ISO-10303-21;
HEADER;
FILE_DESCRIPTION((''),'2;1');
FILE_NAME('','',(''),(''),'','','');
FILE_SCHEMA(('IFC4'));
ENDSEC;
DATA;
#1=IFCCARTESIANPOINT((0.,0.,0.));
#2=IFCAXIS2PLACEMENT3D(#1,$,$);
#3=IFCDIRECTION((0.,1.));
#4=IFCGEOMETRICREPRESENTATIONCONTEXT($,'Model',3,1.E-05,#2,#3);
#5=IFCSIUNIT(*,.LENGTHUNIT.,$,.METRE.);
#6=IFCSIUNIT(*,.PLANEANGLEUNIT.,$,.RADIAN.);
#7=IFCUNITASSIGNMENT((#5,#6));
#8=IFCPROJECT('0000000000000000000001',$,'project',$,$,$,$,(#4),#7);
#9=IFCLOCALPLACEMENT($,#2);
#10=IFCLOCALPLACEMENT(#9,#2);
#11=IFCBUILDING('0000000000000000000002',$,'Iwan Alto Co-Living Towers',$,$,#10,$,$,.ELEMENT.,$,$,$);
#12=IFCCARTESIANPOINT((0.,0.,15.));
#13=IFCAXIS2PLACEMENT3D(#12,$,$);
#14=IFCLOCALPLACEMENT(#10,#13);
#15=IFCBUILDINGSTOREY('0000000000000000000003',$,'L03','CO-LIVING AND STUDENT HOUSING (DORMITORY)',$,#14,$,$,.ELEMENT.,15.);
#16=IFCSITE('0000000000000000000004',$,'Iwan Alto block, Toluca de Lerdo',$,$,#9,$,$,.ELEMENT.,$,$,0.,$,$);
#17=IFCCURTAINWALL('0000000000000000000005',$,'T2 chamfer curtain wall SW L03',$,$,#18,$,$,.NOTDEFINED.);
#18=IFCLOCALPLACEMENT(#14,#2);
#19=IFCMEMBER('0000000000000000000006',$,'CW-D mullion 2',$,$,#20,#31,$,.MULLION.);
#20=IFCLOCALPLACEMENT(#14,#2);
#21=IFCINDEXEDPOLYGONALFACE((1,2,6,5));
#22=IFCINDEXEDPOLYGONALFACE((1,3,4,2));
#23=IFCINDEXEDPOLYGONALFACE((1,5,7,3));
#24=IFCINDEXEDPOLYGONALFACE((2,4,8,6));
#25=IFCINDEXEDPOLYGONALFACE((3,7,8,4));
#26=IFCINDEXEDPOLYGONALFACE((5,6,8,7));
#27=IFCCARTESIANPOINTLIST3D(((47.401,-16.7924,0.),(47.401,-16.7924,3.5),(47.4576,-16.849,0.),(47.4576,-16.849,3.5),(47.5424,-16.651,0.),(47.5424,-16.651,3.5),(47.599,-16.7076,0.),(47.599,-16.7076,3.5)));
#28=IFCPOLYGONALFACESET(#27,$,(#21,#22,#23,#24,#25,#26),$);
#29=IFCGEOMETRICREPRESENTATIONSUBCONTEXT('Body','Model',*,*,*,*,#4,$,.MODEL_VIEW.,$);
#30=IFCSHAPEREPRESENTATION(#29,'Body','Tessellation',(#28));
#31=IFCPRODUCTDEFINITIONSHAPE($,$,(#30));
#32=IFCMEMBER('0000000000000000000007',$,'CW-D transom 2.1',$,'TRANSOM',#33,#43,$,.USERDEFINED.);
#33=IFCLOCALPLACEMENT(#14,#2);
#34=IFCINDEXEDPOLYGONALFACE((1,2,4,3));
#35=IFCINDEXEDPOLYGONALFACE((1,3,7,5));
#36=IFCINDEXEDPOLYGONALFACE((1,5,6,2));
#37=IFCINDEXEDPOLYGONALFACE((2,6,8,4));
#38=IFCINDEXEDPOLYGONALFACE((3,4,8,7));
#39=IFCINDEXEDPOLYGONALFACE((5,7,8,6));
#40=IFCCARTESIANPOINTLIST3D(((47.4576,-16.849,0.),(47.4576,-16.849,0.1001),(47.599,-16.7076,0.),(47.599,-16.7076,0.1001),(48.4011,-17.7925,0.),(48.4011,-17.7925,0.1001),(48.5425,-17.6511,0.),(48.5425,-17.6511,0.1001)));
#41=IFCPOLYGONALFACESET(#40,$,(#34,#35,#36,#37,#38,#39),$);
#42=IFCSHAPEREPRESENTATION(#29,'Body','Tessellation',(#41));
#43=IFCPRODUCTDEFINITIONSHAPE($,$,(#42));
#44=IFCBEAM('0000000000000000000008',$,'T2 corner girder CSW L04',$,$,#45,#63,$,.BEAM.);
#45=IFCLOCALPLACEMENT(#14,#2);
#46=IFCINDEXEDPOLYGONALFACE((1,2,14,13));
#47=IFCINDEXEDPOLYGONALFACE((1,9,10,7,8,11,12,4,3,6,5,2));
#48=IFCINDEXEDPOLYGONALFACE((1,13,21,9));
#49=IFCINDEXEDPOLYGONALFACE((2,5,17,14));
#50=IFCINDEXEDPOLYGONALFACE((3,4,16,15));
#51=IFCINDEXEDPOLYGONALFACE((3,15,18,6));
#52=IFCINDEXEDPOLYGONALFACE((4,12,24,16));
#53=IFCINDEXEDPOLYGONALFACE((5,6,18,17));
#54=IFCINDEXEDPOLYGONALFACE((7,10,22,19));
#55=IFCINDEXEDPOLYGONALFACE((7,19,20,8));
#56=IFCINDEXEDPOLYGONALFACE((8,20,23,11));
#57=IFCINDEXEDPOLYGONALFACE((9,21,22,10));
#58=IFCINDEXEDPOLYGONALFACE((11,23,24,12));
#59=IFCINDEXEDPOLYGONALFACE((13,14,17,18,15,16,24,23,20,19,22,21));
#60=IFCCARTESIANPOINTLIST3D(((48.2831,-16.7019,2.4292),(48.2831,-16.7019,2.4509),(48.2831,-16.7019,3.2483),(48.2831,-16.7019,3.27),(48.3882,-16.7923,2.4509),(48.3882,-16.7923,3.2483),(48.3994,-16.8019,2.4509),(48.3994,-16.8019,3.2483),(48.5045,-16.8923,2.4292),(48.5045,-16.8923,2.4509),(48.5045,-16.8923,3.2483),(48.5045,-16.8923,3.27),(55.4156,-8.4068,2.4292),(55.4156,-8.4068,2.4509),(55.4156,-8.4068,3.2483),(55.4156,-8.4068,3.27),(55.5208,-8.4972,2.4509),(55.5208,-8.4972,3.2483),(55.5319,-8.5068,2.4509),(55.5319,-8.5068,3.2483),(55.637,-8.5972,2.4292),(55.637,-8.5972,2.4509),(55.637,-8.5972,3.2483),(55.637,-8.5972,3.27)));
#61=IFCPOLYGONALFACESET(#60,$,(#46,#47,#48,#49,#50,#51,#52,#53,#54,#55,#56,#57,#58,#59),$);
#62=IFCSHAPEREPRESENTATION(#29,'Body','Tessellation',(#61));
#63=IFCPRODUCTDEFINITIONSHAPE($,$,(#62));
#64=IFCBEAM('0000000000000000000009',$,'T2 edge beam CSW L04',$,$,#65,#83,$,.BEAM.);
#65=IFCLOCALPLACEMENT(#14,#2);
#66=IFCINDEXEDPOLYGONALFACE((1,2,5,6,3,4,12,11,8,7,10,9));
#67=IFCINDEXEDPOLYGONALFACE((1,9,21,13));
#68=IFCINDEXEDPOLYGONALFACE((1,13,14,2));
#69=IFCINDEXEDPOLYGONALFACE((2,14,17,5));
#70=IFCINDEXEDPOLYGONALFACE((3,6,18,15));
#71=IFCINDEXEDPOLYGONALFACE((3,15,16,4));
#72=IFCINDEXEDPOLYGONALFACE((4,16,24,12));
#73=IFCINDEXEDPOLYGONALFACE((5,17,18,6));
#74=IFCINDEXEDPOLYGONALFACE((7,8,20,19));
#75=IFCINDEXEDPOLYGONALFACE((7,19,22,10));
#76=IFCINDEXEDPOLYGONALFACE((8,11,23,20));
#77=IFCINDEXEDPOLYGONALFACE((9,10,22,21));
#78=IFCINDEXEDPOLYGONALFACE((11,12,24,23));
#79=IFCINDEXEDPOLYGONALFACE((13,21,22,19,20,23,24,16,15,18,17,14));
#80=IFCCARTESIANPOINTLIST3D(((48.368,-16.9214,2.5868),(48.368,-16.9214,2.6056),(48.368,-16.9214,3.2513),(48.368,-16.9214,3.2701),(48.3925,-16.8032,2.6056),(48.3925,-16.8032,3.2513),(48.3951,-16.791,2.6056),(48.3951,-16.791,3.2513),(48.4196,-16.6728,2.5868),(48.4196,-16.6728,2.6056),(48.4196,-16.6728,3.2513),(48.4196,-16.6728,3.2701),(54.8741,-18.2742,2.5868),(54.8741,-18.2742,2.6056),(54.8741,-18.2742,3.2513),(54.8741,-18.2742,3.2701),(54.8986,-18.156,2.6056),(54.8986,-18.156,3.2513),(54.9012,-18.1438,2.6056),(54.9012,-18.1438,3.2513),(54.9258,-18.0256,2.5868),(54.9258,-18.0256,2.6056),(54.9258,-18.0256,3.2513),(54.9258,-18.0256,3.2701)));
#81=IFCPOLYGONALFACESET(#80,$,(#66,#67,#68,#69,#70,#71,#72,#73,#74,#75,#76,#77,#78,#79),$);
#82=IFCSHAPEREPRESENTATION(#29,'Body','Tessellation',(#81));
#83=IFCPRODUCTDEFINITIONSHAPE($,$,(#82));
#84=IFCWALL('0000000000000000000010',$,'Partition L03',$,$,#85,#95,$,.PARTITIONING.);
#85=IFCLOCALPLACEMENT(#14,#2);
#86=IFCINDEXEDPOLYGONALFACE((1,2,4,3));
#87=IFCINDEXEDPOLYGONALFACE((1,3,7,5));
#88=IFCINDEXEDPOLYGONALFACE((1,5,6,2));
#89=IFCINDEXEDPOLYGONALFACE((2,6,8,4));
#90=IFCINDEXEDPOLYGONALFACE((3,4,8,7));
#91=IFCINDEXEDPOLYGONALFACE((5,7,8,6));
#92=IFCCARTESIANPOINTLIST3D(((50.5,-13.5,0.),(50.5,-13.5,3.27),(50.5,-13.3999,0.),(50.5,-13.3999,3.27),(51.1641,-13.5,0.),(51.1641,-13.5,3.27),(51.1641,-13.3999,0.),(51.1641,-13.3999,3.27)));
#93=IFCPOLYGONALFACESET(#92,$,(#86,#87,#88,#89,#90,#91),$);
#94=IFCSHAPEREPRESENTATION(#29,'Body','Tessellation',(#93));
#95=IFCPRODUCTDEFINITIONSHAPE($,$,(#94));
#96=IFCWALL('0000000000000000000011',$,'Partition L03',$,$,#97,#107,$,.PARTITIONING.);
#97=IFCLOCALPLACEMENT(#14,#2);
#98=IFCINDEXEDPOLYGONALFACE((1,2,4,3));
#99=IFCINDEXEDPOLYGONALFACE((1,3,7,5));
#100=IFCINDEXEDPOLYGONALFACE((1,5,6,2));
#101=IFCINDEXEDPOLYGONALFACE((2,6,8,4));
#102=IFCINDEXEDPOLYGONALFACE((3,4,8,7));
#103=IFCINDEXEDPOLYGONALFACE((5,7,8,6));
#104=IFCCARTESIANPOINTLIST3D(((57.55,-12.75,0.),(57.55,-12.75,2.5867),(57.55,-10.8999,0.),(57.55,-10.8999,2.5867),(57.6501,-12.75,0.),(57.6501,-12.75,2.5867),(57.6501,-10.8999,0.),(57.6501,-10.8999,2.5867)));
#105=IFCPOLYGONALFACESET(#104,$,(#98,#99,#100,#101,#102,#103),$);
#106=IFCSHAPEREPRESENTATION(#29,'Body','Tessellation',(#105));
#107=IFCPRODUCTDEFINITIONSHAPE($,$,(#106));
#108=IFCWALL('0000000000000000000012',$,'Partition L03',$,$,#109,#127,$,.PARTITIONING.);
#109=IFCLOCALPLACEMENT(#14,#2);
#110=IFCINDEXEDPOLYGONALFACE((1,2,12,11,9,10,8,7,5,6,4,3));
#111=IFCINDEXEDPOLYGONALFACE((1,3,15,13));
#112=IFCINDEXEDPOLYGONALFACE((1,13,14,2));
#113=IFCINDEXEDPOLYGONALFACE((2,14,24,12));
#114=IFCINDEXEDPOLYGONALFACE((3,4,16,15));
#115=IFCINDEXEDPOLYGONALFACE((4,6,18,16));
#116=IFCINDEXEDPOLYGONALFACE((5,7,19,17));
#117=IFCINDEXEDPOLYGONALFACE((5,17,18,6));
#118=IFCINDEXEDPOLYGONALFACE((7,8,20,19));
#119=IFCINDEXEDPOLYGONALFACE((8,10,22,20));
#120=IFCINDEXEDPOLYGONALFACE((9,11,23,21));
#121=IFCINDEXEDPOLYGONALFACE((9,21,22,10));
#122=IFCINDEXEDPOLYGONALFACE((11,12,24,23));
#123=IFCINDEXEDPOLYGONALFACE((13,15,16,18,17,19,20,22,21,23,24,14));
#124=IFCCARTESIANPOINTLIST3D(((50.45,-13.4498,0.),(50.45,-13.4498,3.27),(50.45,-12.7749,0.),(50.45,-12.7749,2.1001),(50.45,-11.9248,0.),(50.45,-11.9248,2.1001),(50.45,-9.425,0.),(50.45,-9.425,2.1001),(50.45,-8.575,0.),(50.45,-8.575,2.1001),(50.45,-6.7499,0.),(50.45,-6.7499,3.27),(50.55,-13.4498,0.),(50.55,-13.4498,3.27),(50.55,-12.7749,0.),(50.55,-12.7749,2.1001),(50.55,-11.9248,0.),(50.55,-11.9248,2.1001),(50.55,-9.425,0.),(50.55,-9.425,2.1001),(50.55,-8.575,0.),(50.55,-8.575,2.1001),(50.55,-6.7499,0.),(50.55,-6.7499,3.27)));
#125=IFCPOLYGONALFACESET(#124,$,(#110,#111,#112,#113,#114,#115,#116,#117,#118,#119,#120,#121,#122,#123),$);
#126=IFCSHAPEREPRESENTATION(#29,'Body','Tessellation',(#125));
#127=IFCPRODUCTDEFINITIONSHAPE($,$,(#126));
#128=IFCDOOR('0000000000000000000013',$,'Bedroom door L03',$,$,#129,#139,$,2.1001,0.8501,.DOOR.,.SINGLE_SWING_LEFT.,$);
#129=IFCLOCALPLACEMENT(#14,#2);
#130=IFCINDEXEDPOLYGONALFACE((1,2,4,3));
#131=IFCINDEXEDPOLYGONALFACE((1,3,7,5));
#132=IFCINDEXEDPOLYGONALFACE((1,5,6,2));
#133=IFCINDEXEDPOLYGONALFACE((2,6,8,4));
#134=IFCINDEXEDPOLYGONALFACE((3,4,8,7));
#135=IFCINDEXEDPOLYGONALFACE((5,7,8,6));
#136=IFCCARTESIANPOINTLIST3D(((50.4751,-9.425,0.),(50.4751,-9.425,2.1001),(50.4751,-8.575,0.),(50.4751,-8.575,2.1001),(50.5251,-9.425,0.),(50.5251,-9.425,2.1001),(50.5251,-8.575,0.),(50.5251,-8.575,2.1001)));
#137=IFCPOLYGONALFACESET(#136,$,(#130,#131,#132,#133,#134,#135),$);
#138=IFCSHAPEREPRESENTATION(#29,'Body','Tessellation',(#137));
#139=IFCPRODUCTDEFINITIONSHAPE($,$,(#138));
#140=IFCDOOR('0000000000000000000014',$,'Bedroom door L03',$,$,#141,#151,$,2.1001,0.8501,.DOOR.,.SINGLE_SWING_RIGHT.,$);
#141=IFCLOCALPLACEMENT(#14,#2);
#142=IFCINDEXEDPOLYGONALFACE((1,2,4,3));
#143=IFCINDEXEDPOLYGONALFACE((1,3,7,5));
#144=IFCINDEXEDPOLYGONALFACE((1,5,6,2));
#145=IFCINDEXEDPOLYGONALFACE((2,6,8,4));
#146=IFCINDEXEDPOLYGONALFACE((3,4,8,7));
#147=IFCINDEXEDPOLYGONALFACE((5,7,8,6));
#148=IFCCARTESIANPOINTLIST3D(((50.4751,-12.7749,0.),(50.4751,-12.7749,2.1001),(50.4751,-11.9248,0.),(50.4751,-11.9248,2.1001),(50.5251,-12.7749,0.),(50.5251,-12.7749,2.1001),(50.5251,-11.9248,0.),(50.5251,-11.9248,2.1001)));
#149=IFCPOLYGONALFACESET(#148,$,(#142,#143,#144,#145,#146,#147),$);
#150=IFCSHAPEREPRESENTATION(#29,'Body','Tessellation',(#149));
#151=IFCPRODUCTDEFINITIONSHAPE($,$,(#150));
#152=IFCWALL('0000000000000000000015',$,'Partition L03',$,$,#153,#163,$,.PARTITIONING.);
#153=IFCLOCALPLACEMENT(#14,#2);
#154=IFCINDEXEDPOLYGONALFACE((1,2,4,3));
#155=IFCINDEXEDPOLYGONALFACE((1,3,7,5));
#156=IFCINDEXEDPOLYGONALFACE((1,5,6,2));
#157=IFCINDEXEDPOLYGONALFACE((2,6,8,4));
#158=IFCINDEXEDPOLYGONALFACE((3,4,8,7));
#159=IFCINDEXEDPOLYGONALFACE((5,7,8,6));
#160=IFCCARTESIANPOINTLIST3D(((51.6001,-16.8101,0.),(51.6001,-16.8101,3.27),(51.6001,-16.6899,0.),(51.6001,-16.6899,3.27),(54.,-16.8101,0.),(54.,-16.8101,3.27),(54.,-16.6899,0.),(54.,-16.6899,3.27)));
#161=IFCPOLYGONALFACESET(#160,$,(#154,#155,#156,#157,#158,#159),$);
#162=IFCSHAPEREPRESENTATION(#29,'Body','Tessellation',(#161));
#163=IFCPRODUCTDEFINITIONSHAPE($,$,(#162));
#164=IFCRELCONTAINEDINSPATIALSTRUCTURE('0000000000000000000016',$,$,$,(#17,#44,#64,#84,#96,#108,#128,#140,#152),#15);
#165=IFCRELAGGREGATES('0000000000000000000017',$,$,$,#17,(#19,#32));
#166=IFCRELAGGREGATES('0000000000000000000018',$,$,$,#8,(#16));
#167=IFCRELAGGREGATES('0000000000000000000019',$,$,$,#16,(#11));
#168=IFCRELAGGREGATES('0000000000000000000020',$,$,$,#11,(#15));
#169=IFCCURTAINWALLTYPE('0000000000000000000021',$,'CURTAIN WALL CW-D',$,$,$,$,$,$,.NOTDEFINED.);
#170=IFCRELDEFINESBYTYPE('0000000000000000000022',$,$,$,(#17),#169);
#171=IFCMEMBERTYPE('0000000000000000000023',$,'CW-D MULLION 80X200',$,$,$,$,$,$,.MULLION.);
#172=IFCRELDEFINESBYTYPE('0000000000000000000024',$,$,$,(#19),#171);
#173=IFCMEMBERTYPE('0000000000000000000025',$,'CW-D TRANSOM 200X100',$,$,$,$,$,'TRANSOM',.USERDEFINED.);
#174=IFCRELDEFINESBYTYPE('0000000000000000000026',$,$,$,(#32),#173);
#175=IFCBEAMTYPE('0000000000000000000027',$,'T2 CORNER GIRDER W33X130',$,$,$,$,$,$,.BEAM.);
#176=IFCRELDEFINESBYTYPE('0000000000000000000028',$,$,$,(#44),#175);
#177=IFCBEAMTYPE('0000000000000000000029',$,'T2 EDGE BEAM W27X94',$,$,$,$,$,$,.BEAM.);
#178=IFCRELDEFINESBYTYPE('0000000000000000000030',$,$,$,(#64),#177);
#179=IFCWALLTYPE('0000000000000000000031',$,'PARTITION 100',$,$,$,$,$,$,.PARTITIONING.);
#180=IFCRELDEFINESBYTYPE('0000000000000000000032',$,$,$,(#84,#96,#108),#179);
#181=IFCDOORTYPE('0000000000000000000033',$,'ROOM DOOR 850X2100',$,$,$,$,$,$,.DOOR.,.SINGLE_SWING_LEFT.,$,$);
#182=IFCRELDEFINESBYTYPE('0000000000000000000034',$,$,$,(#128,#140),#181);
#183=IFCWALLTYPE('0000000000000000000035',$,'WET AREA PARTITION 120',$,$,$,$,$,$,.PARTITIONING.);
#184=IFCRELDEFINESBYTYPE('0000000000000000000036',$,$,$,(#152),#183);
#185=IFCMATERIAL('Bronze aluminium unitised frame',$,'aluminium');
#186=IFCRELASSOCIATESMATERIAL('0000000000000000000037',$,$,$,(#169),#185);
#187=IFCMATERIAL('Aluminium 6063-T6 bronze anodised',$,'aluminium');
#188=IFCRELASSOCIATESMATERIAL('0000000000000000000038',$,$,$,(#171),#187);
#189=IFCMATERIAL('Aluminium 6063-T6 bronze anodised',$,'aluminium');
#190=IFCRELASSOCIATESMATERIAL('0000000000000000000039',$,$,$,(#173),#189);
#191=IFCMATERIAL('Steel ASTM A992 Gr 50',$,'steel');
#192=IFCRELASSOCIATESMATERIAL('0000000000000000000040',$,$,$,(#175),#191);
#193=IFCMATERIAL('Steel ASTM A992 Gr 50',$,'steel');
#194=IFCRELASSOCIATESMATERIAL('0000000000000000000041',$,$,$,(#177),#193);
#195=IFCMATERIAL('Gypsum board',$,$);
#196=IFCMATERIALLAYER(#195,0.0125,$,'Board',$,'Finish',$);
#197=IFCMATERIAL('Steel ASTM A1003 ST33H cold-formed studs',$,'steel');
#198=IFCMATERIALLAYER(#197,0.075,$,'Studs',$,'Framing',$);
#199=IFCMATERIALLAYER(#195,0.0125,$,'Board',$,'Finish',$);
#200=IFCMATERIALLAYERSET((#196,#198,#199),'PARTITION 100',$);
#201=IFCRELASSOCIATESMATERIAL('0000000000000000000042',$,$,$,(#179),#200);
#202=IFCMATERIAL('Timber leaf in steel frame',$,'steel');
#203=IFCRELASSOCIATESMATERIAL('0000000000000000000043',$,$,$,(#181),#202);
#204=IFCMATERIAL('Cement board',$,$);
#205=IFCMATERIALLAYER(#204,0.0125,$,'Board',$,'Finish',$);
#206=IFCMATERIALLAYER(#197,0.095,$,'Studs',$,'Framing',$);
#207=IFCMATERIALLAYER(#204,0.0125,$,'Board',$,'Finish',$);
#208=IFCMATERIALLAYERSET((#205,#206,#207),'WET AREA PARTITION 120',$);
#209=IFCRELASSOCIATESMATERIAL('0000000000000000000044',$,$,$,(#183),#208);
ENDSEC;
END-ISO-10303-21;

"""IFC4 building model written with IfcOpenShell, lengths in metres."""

from ifc_helpers import new_model, si_unit, direction, frame, frame_2d, origin, origin_2d, place, context, subcontext, project, spatial, rectangle, i_section, extrude, material, layer, layer_set, material_profile, profile_set, type_object, element, fill, aggregate, save


model = new_model("IFC4")

# Units and contexts
model_context = context("Model", 3, precision=1e-05, world=origin(), true_north=direction((0.0, 1.0)))
body_context = subcontext(model_context, "Body", "Model", "MODEL_VIEW")
ifc_project = project(units=[si_unit("LENGTHUNIT", "METRE"), si_unit("PLANEANGLEUNIT", "RADIAN")], contexts=[model_context])

# Site, building, storey
site_placement = place(None, origin())
site = spatial("IfcSite", under=ifc_project, at=site_placement, Name="Iwan Alto block, Toluca de Lerdo", CompositionType="ELEMENT", RefElevation=0.0)
building_placement = place(site_placement, origin())
building = spatial("IfcBuilding", under=site, at=building_placement, Name="Iwan Alto Co-Living Towers", CompositionType="ELEMENT")
storey_placement = place(building_placement, frame((0.0, 0.0, 15.0)))
storey = spatial("IfcBuildingStorey", under=building, at=storey_placement, Name="L03", Description="CO-LIVING AND STUDENT HOUSING (DORMITORY)", CompositionType="ELEMENT", Elevation=15.0)

# Curtain wall, members
ifc_material_1 = material(Name="Bronze aluminium unitised frame", Category="aluminium")
curtain_wall_type = type_object("IfcCurtainWallType", Name="CURTAIN WALL CW-D", PredefinedType="NOTDEFINED", material=ifc_material_1)
curtain_wall_placement = place(storey_placement, origin())
curtain_wall = element("IfcCurtainWall", 1, at=curtain_wall_placement, inside=storey, type_object=curtain_wall_type, Name="T2 chamfer curtain wall SW L03", PredefinedType="NOTDEFINED")
ifc_material_2 = material(Name="Aluminium 6063-T6 bronze anodised", Category="aluminium")
ifc_material_profile_1 = material_profile(ifc_material_2, rectangle(XDim=0.2, YDim=0.0801, at=origin_2d()), Name="AL 80X200")
ifc_profile_set_1 = profile_set([ifc_material_profile_1], Name="Aluminium 6063-T6 bronze anodised")
member_type_1 = type_object("IfcMemberType", Name="CW-D MULLION 80X200", PredefinedType="MULLION", material=ifc_profile_set_1)
member_1_placement = place(storey_placement, frame((47.5, -16.75, 0.0), z_axis=(0.0, 0.0, 1.0), x_axis=(0.707107, 0.707107, 0.0)))
member_1 = element("IfcMember", 2, at=member_1_placement, type_object=member_type_1, Name="CW-D mullion 2", PredefinedType="MULLION", context=body_context, shape_type="SweptSolid", body=[
    extrude(rectangle(XDim=0.2, YDim=0.0801, at=origin_2d()), origin(), (0.0, 0.0, 1.0), 3.5),
])
ifc_material_3 = material(Name="Aluminium 6063-T6 bronze anodised", Category="aluminium")
ifc_material_profile_2 = material_profile(ifc_material_3, rectangle(XDim=0.2, YDim=0.1001, at=origin_2d()), Name="AL 200X100")
ifc_profile_set_2 = profile_set([ifc_material_profile_2], Name="Aluminium 6063-T6 bronze anodised")
member_type_2 = type_object("IfcMemberType", Name="CW-D TRANSOM 200X100", ElementType="TRANSOM", PredefinedType="USERDEFINED", material=ifc_profile_set_2)
member_2_placement = place(storey_placement, frame((47.5283, -16.7783, 0.05), z_axis=(0.707107, -0.707107, 0.0), x_axis=(0.707107, 0.707107, 0.0)))
member_2 = element("IfcMember", 3, at=member_2_placement, type_object=member_type_2, Name="CW-D transom 2.1", ObjectType="TRANSOM", PredefinedType="USERDEFINED", context=body_context, shape_type="SweptSolid", body=[
    extrude(rectangle(XDim=0.2, YDim=0.1001, at=origin_2d()), origin(), (0.0, 0.0, 1.0), 1.3342),
])
aggregate(curtain_wall, [member_1, member_2])

# Beams
ifc_material_4 = material(Name="Steel ASTM A992 Gr 50", Category="steel")
ifc_material_profile_3 = material_profile(ifc_material_4, i_section(OverallWidth=0.292, OverallDepth=0.8408, WebThickness=0.0146, FlangeThickness=0.0217, at=origin_2d()), Name="W33X130")
ifc_profile_set_3 = profile_set([ifc_material_profile_3], Name="Steel ASTM A992 Gr 50")
beam_type_1 = type_object("IfcBeamType", Name="T2 CORNER GIRDER W33X130", PredefinedType="BEAM", material=ifc_profile_set_3)
beam_1_placement = place(storey_placement, frame((48.3938, -16.7971, 2.8496), z_axis=(0.651972, 0.758243, 0.0), x_axis=(-0.758243, 0.651972, 0.0)))
element("IfcBeam", 4, at=beam_1_placement, inside=storey, type_object=beam_type_1, Name="T2 corner girder CSW L04", PredefinedType="BEAM", context=body_context, shape_type="SweptSolid", body=[
    extrude(i_section(OverallWidth=0.292, OverallDepth=0.8408, WebThickness=0.0146, FlangeThickness=0.0217, at=origin_2d()), origin(), (0.0, 0.0, 1.0), 10.9399),
])
ifc_material_5 = material(Name="Steel ASTM A992 Gr 50", Category="steel")
ifc_material_profile_4 = material_profile(ifc_material_5, i_section(OverallWidth=0.2539, OverallDepth=0.6833, WebThickness=0.0125, FlangeThickness=0.0188, at=origin_2d()), Name="W27X94")
ifc_profile_set_4 = profile_set([ifc_material_profile_4], Name="Steel ASTM A992 Gr 50")
beam_type_2 = type_object("IfcBeamType", Name="T2 EDGE BEAM W27X94", PredefinedType="BEAM", material=ifc_profile_set_4)
beam_2_placement = place(storey_placement, frame((48.3938, -16.7971, 2.9285), z_axis=(0.97906, -0.203571, 0.0), x_axis=(0.203571, 0.97906, 0.0)))
element("IfcBeam", 5, at=beam_2_placement, inside=storey, type_object=beam_type_2, Name="T2 edge beam CSW L04", PredefinedType="BEAM", context=body_context, shape_type="SweptSolid", body=[
    extrude(i_section(OverallWidth=0.2539, OverallDepth=0.6833, WebThickness=0.0125, FlangeThickness=0.0188, at=origin_2d()), origin(), (0.0, 0.0, 1.0), 6.6453),
])

# Walls
ifc_material_6 = material(Name="Gypsum board")
ifc_layer_1 = layer(ifc_material_6, 0.0125, Name="Board", Category="Finish")
ifc_material_7 = material(Name="Steel ASTM A1003 ST33H cold-formed studs", Category="steel")
ifc_layer_2 = layer(ifc_material_7, 0.075, Name="Studs", Category="Framing")
ifc_layer_3 = layer(ifc_material_6, 0.0125, Name="Board", Category="Finish")
ifc_layer_set_1 = layer_set([ifc_layer_1, ifc_layer_2, ifc_layer_3], Name="PARTITION 100")
wall_type_1 = type_object("IfcWallType", Name="PARTITION 100", PredefinedType="PARTITIONING", material=ifc_layer_set_1)
wall_1_placement = place(storey_placement, frame((50.5, -13.45, 0.0), z_axis=(0.0, 0.0, 1.0), x_axis=(1.0, 0.0, 0.0)))
element("IfcWall", 6, at=wall_1_placement, inside=storey, type_object=wall_type_1, Name="Partition L03", PredefinedType="PARTITIONING", context=body_context, shape_type="SweptSolid", body=[
    extrude(rectangle(XDim=0.6641, YDim=0.1001, at=frame_2d((0.332, 0.0))), origin(), (0.0, 0.0, 1.0), 3.27),
])
wall_2_placement = place(storey_placement, frame((57.6001, -12.75, 0.0), z_axis=(0.0, 0.0, 1.0), x_axis=(0.0, 1.0, 0.0)))
element("IfcWall", 7, at=wall_2_placement, inside=storey, type_object=wall_type_1, Name="Partition L03", PredefinedType="PARTITIONING", context=body_context, shape_type="SweptSolid", body=[
    extrude(rectangle(XDim=1.8501, YDim=0.1001, at=frame_2d((0.925, 0.0))), origin(), (0.0, 0.0, 1.0), 2.5867),
])

# Wall, openings, doors
wall_3_placement = place(storey_placement, frame((50.5, -13.45, 0.0), z_axis=(0.0, 0.0, 1.0), x_axis=(0.0, 1.0, 0.0)))
wall_3 = element("IfcWall", 8, at=wall_3_placement, inside=storey, type_object=wall_type_1, Name="Partition L03", PredefinedType="PARTITIONING", context=body_context, shape_type="SweptSolid", body=[
    extrude(rectangle(XDim=6.7, YDim=0.1001, at=frame_2d((3.3501, 0.0))), origin(), (0.0, 0.0, 1.0), 3.27),
])
opening_1_placement = place(wall_3_placement, frame((4.0249, 0.0, 0.0)))
opening_1 = element("IfcOpeningElement", 9, at=opening_1_placement, cuts=wall_3, PredefinedType="OPENING", context=body_context, shape_type="SweptSolid", body=[
    extrude(rectangle(XDim=0.8501, YDim=2.1001, at=frame_2d((0.425, 1.05))), frame((0.0, 0.0601, 0.0), z_axis=(0.0, -1.0, 0.0), x_axis=(1.0, 0.0, 0.0)), (0.0, 0.0, 1.0), 0.1201),
])
opening_2_placement = place(wall_3_placement, frame((0.675, 0.0, 0.0)))
opening_2 = element("IfcOpeningElement", 10, at=opening_2_placement, cuts=wall_3, PredefinedType="OPENING", context=body_context, shape_type="SweptSolid", body=[
    extrude(rectangle(XDim=0.8501, YDim=2.1001, at=frame_2d((0.425, 1.05))), frame((0.0, 0.0601, 0.0), z_axis=(0.0, -1.0, 0.0), x_axis=(1.0, 0.0, 0.0)), (0.0, 0.0, 1.0), 0.1201),
])
ifc_material_8 = material(Name="Timber leaf in steel frame", Category="steel")
door_type = type_object("IfcDoorType", Name="ROOM DOOR 850X2100", OperationType="SINGLE_SWING_LEFT", PredefinedType="DOOR", material=ifc_material_8)
door_1_placement = place(opening_1_placement, origin())
door_1 = element("IfcDoor", 11, at=door_1_placement, inside=storey, type_object=door_type, Name="Bedroom door L03", OperationType="SINGLE_SWING_LEFT", OverallHeight=2.1001, OverallWidth=0.8501, PredefinedType="DOOR", context=body_context, shape_type="SweptSolid", body=[
    extrude(rectangle(XDim=0.8501, YDim=2.1001, at=frame_2d((0.425, 1.05))), frame((0.0, 0.0249, 0.0), z_axis=(0.0, -1.0, 0.0), x_axis=(1.0, 0.0, 0.0)), (0.0, 0.0, 1.0), 0.05),
])
fill(opening_1, door_1)
door_2_placement = place(opening_2_placement, origin())
door_2 = element("IfcDoor", 12, at=door_2_placement, inside=storey, type_object=door_type, Name="Bedroom door L03", OperationType="SINGLE_SWING_RIGHT", OverallHeight=2.1001, OverallWidth=0.8501, PredefinedType="DOOR", context=body_context, shape_type="SweptSolid", body=[
    extrude(rectangle(XDim=0.8501, YDim=2.1001, at=frame_2d((0.425, 1.05))), frame((0.0, 0.0249, 0.0), z_axis=(0.0, -1.0, 0.0), x_axis=(1.0, 0.0, 0.0)), (0.0, 0.0, 1.0), 0.05),
])
fill(opening_2, door_2)

# Wall
ifc_material_9 = material(Name="Cement board")
ifc_layer_4 = layer(ifc_material_9, 0.0125, Name="Board", Category="Finish")
ifc_layer_5 = layer(ifc_material_7, 0.095, Name="Studs", Category="Framing")
ifc_layer_6 = layer(ifc_material_9, 0.0125, Name="Board", Category="Finish")
ifc_layer_set_2 = layer_set([ifc_layer_4, ifc_layer_5, ifc_layer_6], Name="WET AREA PARTITION 120")
wall_type_2 = type_object("IfcWallType", Name="WET AREA PARTITION 120", PredefinedType="PARTITIONING", material=ifc_layer_set_2)
for number, where, z_axis, x_axis, name in (
    (13, (51.6001, -16.75, 0.0), (0.0, 0.0, 1.0), (1.0, 0.0, 0.0), "Partition L03"),
):
    element("IfcWall", number, at=place(storey_placement, frame(where, z_axis=z_axis, x_axis=x_axis)), inside=storey, type_object=wall_type_2, Name=name, PredefinedType="PARTITIONING", context=body_context, shape_type="SweptSolid", body=[
        extrude(rectangle(XDim=2.3999, YDim=0.1201, at=frame_2d((1.2, 0.0))), origin(), (0.0, 0.0, 1.0), 3.27),
    ])

save(model, "model.ifc")
